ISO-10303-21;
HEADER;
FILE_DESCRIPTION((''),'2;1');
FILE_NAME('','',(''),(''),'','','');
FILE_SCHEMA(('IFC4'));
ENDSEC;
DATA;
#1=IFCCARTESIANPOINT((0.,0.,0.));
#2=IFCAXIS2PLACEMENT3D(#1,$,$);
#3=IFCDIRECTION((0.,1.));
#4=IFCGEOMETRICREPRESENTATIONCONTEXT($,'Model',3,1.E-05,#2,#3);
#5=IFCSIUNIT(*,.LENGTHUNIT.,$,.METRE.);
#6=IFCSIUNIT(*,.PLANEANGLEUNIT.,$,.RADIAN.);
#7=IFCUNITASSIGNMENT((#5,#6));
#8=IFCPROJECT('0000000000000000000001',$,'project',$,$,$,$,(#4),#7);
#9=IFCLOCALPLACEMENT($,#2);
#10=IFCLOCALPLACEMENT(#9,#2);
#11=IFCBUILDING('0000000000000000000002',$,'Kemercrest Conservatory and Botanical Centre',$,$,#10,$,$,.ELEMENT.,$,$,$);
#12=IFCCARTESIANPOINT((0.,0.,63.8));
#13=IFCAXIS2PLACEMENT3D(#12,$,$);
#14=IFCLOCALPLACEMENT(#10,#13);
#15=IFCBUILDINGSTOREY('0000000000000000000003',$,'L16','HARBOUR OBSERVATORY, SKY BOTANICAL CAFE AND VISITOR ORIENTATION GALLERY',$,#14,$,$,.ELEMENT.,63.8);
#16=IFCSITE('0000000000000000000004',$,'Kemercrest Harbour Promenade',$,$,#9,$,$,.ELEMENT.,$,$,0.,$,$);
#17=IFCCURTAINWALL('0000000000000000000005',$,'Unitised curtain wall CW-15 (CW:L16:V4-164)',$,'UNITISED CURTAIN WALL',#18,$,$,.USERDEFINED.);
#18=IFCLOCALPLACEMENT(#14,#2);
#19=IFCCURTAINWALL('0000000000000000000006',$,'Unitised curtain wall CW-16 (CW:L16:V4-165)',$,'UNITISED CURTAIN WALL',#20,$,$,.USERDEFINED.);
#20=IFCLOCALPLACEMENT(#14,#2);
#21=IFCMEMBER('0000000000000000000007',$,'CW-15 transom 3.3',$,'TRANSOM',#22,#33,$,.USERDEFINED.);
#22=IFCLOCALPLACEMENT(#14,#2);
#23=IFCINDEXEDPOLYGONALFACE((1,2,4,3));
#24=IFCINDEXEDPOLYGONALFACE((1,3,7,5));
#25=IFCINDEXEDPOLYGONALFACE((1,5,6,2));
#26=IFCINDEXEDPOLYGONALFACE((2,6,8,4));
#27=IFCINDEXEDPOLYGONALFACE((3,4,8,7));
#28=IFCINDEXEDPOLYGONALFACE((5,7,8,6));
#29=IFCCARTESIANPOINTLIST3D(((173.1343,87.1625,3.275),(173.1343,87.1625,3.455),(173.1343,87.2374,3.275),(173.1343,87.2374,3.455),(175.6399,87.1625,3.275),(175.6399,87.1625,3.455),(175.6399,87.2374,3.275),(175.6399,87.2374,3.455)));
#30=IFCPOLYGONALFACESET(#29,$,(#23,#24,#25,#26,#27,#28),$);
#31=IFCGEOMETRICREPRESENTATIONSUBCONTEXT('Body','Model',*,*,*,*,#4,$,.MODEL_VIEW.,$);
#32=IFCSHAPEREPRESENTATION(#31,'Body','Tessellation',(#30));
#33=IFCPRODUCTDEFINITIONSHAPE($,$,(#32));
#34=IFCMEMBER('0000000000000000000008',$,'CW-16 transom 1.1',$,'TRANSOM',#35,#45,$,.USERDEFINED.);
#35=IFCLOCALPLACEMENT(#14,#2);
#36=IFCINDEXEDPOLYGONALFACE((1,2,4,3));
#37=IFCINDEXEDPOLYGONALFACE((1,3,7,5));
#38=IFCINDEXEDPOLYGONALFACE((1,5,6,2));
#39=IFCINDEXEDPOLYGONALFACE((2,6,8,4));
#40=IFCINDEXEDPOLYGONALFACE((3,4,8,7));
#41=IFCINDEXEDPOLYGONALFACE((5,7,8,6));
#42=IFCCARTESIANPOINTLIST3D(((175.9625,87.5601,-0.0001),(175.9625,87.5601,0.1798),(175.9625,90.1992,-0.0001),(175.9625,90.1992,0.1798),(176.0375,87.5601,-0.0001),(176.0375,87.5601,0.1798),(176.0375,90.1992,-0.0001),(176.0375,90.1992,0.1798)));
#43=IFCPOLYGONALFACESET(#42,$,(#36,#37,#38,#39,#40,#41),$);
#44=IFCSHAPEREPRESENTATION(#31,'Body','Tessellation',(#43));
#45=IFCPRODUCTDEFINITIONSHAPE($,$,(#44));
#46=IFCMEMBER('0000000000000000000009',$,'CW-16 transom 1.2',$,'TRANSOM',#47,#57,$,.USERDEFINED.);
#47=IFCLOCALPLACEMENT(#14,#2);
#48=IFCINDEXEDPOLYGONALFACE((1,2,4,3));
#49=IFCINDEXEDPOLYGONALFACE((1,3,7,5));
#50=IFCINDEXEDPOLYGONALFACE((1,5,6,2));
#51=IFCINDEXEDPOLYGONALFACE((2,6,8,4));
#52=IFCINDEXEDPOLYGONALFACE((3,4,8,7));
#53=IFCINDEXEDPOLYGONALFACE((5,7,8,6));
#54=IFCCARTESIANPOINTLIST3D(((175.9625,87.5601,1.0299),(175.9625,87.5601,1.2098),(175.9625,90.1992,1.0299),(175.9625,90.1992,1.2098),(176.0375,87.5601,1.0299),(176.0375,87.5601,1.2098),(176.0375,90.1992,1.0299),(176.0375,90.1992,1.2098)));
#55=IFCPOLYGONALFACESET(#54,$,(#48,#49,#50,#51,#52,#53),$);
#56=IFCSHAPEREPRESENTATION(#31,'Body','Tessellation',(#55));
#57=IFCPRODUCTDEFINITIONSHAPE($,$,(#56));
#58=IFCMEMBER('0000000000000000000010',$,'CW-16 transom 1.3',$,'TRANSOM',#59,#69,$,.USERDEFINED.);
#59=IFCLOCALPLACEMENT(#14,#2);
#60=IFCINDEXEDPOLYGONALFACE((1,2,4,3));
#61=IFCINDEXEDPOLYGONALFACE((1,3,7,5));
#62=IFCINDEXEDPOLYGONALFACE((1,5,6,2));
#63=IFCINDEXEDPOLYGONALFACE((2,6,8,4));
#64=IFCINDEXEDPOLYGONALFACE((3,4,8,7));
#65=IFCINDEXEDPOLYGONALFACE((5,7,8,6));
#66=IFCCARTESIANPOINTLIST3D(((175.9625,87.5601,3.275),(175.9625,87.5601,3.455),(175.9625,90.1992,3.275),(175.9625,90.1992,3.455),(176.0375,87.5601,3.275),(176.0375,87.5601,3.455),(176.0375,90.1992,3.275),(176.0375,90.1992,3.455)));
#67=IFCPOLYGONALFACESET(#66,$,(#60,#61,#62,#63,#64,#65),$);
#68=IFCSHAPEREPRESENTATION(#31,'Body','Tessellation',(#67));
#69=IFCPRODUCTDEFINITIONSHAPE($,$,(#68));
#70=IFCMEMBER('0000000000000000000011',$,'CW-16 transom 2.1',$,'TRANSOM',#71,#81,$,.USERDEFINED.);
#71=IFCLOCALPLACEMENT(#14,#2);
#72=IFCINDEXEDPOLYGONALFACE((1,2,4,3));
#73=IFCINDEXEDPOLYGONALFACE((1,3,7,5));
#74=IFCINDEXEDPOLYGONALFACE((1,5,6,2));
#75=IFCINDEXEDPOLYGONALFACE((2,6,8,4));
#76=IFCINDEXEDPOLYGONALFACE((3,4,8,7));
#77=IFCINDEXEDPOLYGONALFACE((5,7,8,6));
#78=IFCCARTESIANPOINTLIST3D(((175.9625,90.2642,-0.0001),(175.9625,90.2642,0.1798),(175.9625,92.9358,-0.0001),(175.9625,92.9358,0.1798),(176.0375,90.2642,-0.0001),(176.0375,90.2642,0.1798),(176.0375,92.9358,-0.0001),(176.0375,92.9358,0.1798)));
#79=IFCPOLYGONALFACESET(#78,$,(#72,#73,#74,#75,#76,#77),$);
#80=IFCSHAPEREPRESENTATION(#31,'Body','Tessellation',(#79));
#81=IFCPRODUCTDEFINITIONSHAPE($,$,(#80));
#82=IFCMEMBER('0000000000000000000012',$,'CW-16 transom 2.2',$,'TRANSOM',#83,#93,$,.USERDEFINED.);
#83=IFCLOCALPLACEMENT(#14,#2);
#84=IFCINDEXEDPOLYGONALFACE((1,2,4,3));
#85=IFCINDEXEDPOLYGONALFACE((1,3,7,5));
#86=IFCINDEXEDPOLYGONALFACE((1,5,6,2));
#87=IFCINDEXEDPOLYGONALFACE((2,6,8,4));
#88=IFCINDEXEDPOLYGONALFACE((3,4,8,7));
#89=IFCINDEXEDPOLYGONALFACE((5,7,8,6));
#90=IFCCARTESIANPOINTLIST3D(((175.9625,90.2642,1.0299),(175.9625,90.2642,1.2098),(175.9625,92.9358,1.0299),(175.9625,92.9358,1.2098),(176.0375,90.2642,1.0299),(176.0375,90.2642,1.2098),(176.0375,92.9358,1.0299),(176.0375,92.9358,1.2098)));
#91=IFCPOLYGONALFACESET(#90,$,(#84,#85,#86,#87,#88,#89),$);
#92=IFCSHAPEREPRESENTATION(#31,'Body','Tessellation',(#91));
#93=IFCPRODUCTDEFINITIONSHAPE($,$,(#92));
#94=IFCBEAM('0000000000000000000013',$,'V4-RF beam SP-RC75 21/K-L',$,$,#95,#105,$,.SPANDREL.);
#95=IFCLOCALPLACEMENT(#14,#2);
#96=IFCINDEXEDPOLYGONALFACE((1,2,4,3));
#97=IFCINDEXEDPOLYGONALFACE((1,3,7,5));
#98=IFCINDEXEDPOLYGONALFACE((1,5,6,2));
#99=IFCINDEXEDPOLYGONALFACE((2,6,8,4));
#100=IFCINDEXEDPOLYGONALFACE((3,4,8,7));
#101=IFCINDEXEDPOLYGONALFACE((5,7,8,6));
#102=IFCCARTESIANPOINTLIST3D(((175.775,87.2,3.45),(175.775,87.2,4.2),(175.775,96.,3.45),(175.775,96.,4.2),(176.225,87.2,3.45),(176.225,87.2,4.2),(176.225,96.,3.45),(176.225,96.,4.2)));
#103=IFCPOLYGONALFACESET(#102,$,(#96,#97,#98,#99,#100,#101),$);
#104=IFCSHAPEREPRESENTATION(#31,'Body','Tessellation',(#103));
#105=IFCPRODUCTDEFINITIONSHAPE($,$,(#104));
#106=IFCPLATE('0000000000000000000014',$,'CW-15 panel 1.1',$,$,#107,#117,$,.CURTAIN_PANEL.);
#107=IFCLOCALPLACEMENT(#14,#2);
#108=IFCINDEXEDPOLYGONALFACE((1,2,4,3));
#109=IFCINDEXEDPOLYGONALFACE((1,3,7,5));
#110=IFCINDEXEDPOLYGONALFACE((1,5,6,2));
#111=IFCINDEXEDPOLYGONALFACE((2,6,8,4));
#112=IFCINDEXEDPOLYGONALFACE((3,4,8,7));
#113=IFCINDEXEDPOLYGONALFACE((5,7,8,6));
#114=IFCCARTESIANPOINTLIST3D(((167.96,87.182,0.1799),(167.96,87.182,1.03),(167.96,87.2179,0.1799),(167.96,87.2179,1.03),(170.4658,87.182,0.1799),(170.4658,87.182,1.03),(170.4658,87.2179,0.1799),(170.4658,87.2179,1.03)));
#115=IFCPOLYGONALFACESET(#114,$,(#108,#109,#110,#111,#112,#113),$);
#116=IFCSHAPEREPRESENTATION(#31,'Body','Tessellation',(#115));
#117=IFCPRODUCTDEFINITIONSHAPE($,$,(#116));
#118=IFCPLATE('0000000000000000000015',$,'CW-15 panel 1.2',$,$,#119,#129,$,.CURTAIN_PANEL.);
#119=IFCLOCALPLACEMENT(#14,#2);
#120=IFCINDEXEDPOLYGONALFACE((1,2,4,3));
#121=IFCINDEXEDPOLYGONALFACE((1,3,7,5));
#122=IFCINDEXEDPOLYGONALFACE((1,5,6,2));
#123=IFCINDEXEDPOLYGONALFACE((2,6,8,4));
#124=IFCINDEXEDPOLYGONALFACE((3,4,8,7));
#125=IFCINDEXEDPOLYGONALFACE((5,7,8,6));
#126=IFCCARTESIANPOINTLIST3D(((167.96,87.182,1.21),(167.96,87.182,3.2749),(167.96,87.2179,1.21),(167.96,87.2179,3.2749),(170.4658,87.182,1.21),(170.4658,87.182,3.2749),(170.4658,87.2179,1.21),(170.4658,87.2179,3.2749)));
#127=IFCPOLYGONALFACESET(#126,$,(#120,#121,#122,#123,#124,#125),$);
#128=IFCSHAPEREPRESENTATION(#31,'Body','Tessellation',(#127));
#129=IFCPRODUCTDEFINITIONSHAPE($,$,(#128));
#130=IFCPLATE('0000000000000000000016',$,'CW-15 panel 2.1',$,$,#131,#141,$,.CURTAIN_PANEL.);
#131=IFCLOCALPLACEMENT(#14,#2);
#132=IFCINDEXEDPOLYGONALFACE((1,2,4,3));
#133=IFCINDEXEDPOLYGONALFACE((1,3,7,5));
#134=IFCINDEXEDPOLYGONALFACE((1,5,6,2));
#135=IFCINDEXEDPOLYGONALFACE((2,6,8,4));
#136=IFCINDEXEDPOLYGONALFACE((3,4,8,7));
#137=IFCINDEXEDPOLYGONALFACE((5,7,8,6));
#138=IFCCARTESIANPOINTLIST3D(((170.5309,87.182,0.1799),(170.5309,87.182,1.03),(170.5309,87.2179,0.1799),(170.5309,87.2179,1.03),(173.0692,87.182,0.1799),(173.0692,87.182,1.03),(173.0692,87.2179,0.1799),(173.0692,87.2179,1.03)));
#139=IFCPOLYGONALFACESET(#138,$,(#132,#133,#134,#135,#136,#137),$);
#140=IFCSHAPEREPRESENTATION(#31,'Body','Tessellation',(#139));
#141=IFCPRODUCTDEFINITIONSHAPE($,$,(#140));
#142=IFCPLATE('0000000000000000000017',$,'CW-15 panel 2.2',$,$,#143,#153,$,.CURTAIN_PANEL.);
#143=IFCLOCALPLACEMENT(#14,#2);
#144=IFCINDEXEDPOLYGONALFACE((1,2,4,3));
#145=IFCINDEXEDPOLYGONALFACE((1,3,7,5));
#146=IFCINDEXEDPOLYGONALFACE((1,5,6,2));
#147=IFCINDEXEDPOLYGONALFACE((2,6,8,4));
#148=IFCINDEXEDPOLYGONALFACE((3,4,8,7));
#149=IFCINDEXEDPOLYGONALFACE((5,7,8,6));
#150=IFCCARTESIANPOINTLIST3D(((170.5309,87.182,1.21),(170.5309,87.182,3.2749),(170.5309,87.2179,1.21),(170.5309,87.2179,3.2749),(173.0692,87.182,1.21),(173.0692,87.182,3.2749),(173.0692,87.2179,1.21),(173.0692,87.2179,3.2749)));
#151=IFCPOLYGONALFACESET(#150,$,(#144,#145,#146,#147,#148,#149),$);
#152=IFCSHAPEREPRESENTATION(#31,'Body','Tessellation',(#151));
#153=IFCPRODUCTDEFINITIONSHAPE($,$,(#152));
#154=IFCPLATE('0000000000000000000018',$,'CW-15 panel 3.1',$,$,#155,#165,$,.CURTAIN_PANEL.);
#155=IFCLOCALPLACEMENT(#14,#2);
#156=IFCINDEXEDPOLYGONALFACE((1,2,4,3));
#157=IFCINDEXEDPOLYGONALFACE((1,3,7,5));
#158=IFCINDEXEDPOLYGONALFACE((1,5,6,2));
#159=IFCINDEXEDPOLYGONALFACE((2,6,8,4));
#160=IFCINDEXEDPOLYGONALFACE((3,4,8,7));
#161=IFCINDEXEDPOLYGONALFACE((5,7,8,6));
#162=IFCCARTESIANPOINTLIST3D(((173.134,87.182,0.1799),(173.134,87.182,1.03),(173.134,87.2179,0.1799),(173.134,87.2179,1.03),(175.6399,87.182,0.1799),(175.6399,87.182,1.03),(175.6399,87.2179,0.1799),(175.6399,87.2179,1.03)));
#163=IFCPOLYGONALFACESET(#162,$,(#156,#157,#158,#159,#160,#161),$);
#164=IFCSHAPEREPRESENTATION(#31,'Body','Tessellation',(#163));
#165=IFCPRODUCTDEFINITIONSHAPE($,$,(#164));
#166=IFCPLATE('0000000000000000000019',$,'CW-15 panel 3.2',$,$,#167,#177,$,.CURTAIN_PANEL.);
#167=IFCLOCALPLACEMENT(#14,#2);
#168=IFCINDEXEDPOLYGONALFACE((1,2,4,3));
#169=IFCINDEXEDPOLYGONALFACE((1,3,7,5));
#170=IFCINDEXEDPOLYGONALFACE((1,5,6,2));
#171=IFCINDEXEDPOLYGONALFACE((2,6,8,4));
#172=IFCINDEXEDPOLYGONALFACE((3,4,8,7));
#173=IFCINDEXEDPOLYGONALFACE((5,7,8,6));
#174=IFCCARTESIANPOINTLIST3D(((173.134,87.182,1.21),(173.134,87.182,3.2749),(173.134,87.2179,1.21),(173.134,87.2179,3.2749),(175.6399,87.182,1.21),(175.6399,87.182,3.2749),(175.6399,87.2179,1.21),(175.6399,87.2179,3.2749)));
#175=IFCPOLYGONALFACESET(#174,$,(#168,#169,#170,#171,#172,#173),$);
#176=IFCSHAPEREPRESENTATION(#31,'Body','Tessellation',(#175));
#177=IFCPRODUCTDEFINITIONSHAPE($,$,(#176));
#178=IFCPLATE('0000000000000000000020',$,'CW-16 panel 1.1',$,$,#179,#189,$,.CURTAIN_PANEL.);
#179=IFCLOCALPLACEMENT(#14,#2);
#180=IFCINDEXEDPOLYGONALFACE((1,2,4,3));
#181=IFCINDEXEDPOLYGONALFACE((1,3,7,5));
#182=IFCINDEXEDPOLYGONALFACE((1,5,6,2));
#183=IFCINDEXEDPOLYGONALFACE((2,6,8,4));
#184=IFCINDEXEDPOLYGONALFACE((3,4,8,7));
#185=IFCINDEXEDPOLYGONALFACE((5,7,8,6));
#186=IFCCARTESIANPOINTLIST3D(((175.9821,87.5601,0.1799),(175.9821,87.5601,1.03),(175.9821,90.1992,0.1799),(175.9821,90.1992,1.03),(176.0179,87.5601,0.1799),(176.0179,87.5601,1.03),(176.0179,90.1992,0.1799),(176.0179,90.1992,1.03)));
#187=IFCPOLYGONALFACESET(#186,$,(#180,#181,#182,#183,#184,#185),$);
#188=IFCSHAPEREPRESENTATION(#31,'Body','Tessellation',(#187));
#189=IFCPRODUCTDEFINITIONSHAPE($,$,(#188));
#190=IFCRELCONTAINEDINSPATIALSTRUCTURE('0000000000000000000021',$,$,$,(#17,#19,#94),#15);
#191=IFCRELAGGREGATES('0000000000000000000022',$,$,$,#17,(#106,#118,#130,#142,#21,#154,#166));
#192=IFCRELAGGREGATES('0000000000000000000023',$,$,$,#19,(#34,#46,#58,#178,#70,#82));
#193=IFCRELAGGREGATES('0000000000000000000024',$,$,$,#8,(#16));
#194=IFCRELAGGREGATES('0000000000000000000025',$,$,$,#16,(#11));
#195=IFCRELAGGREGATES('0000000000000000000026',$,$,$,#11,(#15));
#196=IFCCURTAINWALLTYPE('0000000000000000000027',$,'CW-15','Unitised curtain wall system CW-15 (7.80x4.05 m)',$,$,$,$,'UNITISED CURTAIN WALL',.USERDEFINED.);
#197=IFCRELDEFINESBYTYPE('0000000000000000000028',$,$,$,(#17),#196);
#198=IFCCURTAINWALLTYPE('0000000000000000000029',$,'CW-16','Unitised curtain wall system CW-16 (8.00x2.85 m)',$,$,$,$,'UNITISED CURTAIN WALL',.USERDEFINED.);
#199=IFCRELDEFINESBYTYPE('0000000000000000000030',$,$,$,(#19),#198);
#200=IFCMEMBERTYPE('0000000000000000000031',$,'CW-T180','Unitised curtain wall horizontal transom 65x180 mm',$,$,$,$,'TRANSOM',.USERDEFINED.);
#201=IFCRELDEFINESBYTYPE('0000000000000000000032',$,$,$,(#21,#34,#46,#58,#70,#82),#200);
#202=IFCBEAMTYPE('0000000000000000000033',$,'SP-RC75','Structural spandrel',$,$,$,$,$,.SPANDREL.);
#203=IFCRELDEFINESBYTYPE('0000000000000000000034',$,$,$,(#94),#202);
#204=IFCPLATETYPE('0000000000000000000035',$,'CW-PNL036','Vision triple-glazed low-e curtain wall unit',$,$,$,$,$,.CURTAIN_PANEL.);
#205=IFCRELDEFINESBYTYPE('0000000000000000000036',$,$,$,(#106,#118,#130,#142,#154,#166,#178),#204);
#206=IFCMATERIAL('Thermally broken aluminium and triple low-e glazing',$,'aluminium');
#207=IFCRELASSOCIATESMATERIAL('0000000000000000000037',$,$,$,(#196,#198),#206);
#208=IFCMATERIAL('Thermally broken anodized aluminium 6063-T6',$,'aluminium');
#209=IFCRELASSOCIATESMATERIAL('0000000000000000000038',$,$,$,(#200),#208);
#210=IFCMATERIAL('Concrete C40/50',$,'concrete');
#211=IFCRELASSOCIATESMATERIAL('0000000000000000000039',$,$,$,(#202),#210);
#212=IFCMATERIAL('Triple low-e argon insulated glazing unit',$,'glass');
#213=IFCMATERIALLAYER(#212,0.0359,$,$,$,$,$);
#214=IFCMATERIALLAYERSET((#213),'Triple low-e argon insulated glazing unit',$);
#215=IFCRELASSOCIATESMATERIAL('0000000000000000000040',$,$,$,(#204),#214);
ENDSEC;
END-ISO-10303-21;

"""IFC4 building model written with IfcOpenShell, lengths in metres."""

from ifc_helpers import new_model, si_unit, direction, frame, origin, origin_2d, place, context, subcontext, project, spatial, rectangle, extrude, material, layer, layer_set, material_profile, profile_set, type_object, element, aggregate, save


model = new_model("IFC4")

# Units and contexts
model_context = context("Model", 3, precision=1e-05, world=origin(), true_north=direction((0.0, 1.0)))
body_context = subcontext(model_context, "Body", "Model", "MODEL_VIEW")
ifc_project = project(units=[si_unit("LENGTHUNIT", "METRE"), si_unit("PLANEANGLEUNIT", "RADIAN")], contexts=[model_context])

# Site, building, storey
site_placement = place(None, origin())
site = spatial("IfcSite", under=ifc_project, at=site_placement, Name="Kemercrest Harbour Promenade", CompositionType="ELEMENT", RefElevation=0.0)
building_placement = place(site_placement, origin())
building = spatial("IfcBuilding", under=site, at=building_placement, Name="Kemercrest Conservatory and Botanical Centre", CompositionType="ELEMENT")
storey_placement = place(building_placement, frame((0.0, 0.0, 63.8)))
storey = spatial("IfcBuildingStorey", under=building, at=storey_placement, Name="L16", Description="HARBOUR OBSERVATORY, SKY BOTANICAL CAFE AND VISITOR ORIENTATION GALLERY", CompositionType="ELEMENT", Elevation=63.8)

# Shared definitions
ifc_material_1 = material(Name="Concrete C40/50", Category="concrete")

# Curtain walls
ifc_material_2 = material(Name="Thermally broken aluminium and triple low-e glazing", Category="aluminium")
curtain_wall_type_1 = type_object("IfcCurtainWallType", Name="CW-15", Description="Unitised curtain wall system CW-15 (7.80x4.05 m)", ElementType="UNITISED CURTAIN WALL", PredefinedType="USERDEFINED", material=ifc_material_2)
curtain_wall_1_placement = place(storey_placement, origin())
curtain_wall_1 = element("IfcCurtainWall", 1, at=curtain_wall_1_placement, inside=storey, type_object=curtain_wall_type_1, Name="Unitised curtain wall CW-15 (CW:L16:V4-164)", ObjectType="UNITISED CURTAIN WALL", PredefinedType="USERDEFINED")
ifc_material_3 = material(Name="Thermally broken anodized aluminium 6063-T6", Category="aluminium")
curtain_wall_type_2 = type_object("IfcCurtainWallType", Name="CW-16", Description="Unitised curtain wall system CW-16 (8.00x2.85 m)", ElementType="UNITISED CURTAIN WALL", PredefinedType="USERDEFINED", material=ifc_material_2)
curtain_wall_2_placement = place(storey_placement, origin())
curtain_wall_2 = element("IfcCurtainWall", 2, at=curtain_wall_2_placement, inside=storey, type_object=curtain_wall_type_2, Name="Unitised curtain wall CW-16 (CW:L16:V4-165)", ObjectType="UNITISED CURTAIN WALL", PredefinedType="USERDEFINED")

# Members
ifc_material_profile_1 = material_profile(ifc_material_3, rectangle(XDim=0.075, YDim=0.1799, at=origin_2d()), Name="AL TRANSOM 75x180")
ifc_profile_set_1 = profile_set([ifc_material_profile_1], Name="Thermally broken anodized aluminium 6063-T6")
member_type_1 = type_object("IfcMemberType", Name="CW-T180", Description="Unitised curtain wall horizontal transom 65x180 mm", ElementType="TRANSOM", PredefinedType="USERDEFINED", material=ifc_profile_set_1)
member_1_placement = place(storey_placement, frame((173.1343, 87.2, 3.365), z_axis=(1.0, 0.0, 0.0), x_axis=(0.0, 1.0, 0.0)))
member_1 = element("IfcMember", 3, at=member_1_placement, type_object=member_type_1, Name="CW-15 transom 3.3", ObjectType="TRANSOM", PredefinedType="USERDEFINED", context=body_context, shape_type="SweptSolid", body=[
    extrude(rectangle(XDim=0.075, YDim=0.1799, at=origin_2d()), origin(), (0.0, 0.0, 1.0), 2.5056),
])
member_2_placement = place(storey_placement, frame((176.0, 87.5601, 0.0898), z_axis=(0.0, 1.0, 0.0), x_axis=(-1.0, 0.0, 0.0)))
member_2 = element("IfcMember", 4, at=member_2_placement, type_object=member_type_1, Name="CW-16 transom 1.1", ObjectType="TRANSOM", PredefinedType="USERDEFINED", context=body_context, shape_type="SweptSolid", body=[
    extrude(rectangle(XDim=0.075, YDim=0.1799, at=origin_2d()), origin(), (0.0, 0.0, 1.0), 2.6392),
])
member_3_placement = place(storey_placement, frame((176.0, 87.5601, 1.1199), z_axis=(0.0, 1.0, 0.0), x_axis=(-1.0, 0.0, 0.0)))
member_3 = element("IfcMember", 5, at=member_3_placement, type_object=member_type_1, Name="CW-16 transom 1.2", ObjectType="TRANSOM", PredefinedType="USERDEFINED", context=body_context, shape_type="SweptSolid", body=[
    extrude(rectangle(XDim=0.075, YDim=0.1799, at=origin_2d()), origin(), (0.0, 0.0, 1.0), 2.6392),
])
member_4_placement = place(storey_placement, frame((176.0, 87.5601, 3.365), z_axis=(0.0, 1.0, 0.0), x_axis=(-1.0, 0.0, 0.0)))
member_4 = element("IfcMember", 6, at=member_4_placement, type_object=member_type_1, Name="CW-16 transom 1.3", ObjectType="TRANSOM", PredefinedType="USERDEFINED", context=body_context, shape_type="SweptSolid", body=[
    extrude(rectangle(XDim=0.075, YDim=0.1799, at=origin_2d()), origin(), (0.0, 0.0, 1.0), 2.6392),
])
member_5_placement = place(storey_placement, frame((176.0, 90.2642, 0.0898), z_axis=(0.0, 1.0, 0.0), x_axis=(-1.0, 0.0, 0.0)))
member_5 = element("IfcMember", 7, at=member_5_placement, type_object=member_type_1, Name="CW-16 transom 2.1", ObjectType="TRANSOM", PredefinedType="USERDEFINED", context=body_context, shape_type="SweptSolid", body=[
    extrude(rectangle(XDim=0.075, YDim=0.1799, at=origin_2d()), origin(), (0.0, 0.0, 1.0), 2.6716),
])
member_6_placement = place(storey_placement, frame((176.0, 90.2642, 1.1199), z_axis=(0.0, 1.0, 0.0), x_axis=(-1.0, 0.0, 0.0)))
member_6 = element("IfcMember", 8, at=member_6_placement, type_object=member_type_1, Name="CW-16 transom 2.2", ObjectType="TRANSOM", PredefinedType="USERDEFINED", context=body_context, shape_type="SweptSolid", body=[
    extrude(rectangle(XDim=0.075, YDim=0.1799, at=origin_2d()), origin(), (0.0, 0.0, 1.0), 2.6716),
])

# Beam
ifc_material_profile_2 = material_profile(ifc_material_1, rectangle(XDim=0.45, YDim=0.75, at=origin_2d()), Name="RC 450x750")
ifc_profile_set_2 = profile_set([ifc_material_profile_2], Name="Concrete C40/50")
beam_type = type_object("IfcBeamType", Name="SP-RC75", Description="Structural spandrel", PredefinedType="SPANDREL", material=ifc_profile_set_2)
beam_placement = place(storey_placement, frame((176.0, 87.2, 3.825), z_axis=(0.0, 1.0, 0.0), x_axis=(-1.0, 0.0, 0.0)))
element("IfcBeam", 9, at=beam_placement, inside=storey, type_object=beam_type, Name="V4-RF beam SP-RC75 21/K-L", PredefinedType="SPANDREL", context=body_context, shape_type="SweptSolid", body=[
    extrude(rectangle(XDim=0.45, YDim=0.75, at=origin_2d()), origin(), (0.0, 0.0, 1.0), 8.8),
])

# Plates
ifc_material_4 = material(Name="Triple low-e argon insulated glazing unit", Category="glass")
ifc_layer = layer(ifc_material_4, 0.0359)
ifc_layer_set = layer_set([ifc_layer], Name="Triple low-e argon insulated glazing unit")
plate_type = type_object("IfcPlateType", Name="CW-PNL036", Description="Vision triple-glazed low-e curtain wall unit", PredefinedType="CURTAIN_PANEL", material=ifc_layer_set)
plate_1_placement = place(storey_placement, frame((169.2129, 87.2, 0.1799), z_axis=(0.0, 0.0, 1.0), x_axis=(1.0, 0.0, 0.0)))
plate_1 = element("IfcPlate", 10, at=plate_1_placement, type_object=plate_type, Name="CW-15 panel 1.1", PredefinedType="CURTAIN_PANEL", context=body_context, shape_type="SweptSolid", body=[
    extrude(rectangle(XDim=2.5059, YDim=0.0359, at=origin_2d()), origin(), (0.0, 0.0, 1.0), 0.8501),
])
plate_2_placement = place(storey_placement, frame((169.2129, 87.2, 1.21), z_axis=(0.0, 0.0, 1.0), x_axis=(1.0, 0.0, 0.0)))
plate_2 = element("IfcPlate", 11, at=plate_2_placement, type_object=plate_type, Name="CW-15 panel 1.2", PredefinedType="CURTAIN_PANEL", context=body_context, shape_type="SweptSolid", body=[
    extrude(rectangle(XDim=2.5059, YDim=0.0359, at=origin_2d()), origin(), (0.0, 0.0, 1.0), 2.0649),
])
plate_3_placement = place(storey_placement, frame((171.8, 87.2, 0.1799), z_axis=(0.0, 0.0, 1.0), x_axis=(1.0, 0.0, 0.0)))
plate_3 = element("IfcPlate", 12, at=plate_3_placement, type_object=plate_type, Name="CW-15 panel 2.1", PredefinedType="CURTAIN_PANEL", context=body_context, shape_type="SweptSolid", body=[
    extrude(rectangle(XDim=2.5383, YDim=0.0359, at=origin_2d()), origin(), (0.0, 0.0, 1.0), 0.8501),
])
plate_4_placement = place(storey_placement, frame((171.8, 87.2, 1.21), z_axis=(0.0, 0.0, 1.0), x_axis=(1.0, 0.0, 0.0)))
plate_4 = element("IfcPlate", 13, at=plate_4_placement, type_object=plate_type, Name="CW-15 panel 2.2", PredefinedType="CURTAIN_PANEL", context=body_context, shape_type="SweptSolid", body=[
    extrude(rectangle(XDim=2.5383, YDim=0.0359, at=origin_2d()), origin(), (0.0, 0.0, 1.0), 2.0649),
])
plate_5_placement = place(storey_placement, frame((174.387, 87.2, 0.1799), z_axis=(0.0, 0.0, 1.0), x_axis=(1.0, 0.0, 0.0)))
plate_5 = element("IfcPlate", 14, at=plate_5_placement, type_object=plate_type, Name="CW-15 panel 3.1", PredefinedType="CURTAIN_PANEL", context=body_context, shape_type="SweptSolid", body=[
    extrude(rectangle(XDim=2.5059, YDim=0.0359, at=origin_2d()), origin(), (0.0, 0.0, 1.0), 0.8501),
])
plate_6_placement = place(storey_placement, frame((174.387, 87.2, 1.21), z_axis=(0.0, 0.0, 1.0), x_axis=(1.0, 0.0, 0.0)))
plate_6 = element("IfcPlate", 15, at=plate_6_placement, type_object=plate_type, Name="CW-15 panel 3.2", PredefinedType="CURTAIN_PANEL", context=body_context, shape_type="SweptSolid", body=[
    extrude(rectangle(XDim=2.5059, YDim=0.0359, at=origin_2d()), origin(), (0.0, 0.0, 1.0), 2.0649),
])
aggregate(curtain_wall_1, [plate_1, plate_2, plate_3, plate_4, member_1, plate_5, plate_6])
plate_7_placement = place(storey_placement, frame((176.0, 88.8796, 0.1799), z_axis=(0.0, 0.0, 1.0), x_axis=(0.0, 1.0, 0.0)))
plate_7 = element("IfcPlate", 16, at=plate_7_placement, type_object=plate_type, Name="CW-16 panel 1.1", PredefinedType="CURTAIN_PANEL", context=body_context, shape_type="SweptSolid", body=[
    extrude(rectangle(XDim=2.6392, YDim=0.0359, at=origin_2d()), origin(), (0.0, 0.0, 1.0), 0.8501),
])
aggregate(curtain_wall_2, [member_2, member_3, member_4, plate_7, member_5, member_6])

save(model, "model.ifc")
